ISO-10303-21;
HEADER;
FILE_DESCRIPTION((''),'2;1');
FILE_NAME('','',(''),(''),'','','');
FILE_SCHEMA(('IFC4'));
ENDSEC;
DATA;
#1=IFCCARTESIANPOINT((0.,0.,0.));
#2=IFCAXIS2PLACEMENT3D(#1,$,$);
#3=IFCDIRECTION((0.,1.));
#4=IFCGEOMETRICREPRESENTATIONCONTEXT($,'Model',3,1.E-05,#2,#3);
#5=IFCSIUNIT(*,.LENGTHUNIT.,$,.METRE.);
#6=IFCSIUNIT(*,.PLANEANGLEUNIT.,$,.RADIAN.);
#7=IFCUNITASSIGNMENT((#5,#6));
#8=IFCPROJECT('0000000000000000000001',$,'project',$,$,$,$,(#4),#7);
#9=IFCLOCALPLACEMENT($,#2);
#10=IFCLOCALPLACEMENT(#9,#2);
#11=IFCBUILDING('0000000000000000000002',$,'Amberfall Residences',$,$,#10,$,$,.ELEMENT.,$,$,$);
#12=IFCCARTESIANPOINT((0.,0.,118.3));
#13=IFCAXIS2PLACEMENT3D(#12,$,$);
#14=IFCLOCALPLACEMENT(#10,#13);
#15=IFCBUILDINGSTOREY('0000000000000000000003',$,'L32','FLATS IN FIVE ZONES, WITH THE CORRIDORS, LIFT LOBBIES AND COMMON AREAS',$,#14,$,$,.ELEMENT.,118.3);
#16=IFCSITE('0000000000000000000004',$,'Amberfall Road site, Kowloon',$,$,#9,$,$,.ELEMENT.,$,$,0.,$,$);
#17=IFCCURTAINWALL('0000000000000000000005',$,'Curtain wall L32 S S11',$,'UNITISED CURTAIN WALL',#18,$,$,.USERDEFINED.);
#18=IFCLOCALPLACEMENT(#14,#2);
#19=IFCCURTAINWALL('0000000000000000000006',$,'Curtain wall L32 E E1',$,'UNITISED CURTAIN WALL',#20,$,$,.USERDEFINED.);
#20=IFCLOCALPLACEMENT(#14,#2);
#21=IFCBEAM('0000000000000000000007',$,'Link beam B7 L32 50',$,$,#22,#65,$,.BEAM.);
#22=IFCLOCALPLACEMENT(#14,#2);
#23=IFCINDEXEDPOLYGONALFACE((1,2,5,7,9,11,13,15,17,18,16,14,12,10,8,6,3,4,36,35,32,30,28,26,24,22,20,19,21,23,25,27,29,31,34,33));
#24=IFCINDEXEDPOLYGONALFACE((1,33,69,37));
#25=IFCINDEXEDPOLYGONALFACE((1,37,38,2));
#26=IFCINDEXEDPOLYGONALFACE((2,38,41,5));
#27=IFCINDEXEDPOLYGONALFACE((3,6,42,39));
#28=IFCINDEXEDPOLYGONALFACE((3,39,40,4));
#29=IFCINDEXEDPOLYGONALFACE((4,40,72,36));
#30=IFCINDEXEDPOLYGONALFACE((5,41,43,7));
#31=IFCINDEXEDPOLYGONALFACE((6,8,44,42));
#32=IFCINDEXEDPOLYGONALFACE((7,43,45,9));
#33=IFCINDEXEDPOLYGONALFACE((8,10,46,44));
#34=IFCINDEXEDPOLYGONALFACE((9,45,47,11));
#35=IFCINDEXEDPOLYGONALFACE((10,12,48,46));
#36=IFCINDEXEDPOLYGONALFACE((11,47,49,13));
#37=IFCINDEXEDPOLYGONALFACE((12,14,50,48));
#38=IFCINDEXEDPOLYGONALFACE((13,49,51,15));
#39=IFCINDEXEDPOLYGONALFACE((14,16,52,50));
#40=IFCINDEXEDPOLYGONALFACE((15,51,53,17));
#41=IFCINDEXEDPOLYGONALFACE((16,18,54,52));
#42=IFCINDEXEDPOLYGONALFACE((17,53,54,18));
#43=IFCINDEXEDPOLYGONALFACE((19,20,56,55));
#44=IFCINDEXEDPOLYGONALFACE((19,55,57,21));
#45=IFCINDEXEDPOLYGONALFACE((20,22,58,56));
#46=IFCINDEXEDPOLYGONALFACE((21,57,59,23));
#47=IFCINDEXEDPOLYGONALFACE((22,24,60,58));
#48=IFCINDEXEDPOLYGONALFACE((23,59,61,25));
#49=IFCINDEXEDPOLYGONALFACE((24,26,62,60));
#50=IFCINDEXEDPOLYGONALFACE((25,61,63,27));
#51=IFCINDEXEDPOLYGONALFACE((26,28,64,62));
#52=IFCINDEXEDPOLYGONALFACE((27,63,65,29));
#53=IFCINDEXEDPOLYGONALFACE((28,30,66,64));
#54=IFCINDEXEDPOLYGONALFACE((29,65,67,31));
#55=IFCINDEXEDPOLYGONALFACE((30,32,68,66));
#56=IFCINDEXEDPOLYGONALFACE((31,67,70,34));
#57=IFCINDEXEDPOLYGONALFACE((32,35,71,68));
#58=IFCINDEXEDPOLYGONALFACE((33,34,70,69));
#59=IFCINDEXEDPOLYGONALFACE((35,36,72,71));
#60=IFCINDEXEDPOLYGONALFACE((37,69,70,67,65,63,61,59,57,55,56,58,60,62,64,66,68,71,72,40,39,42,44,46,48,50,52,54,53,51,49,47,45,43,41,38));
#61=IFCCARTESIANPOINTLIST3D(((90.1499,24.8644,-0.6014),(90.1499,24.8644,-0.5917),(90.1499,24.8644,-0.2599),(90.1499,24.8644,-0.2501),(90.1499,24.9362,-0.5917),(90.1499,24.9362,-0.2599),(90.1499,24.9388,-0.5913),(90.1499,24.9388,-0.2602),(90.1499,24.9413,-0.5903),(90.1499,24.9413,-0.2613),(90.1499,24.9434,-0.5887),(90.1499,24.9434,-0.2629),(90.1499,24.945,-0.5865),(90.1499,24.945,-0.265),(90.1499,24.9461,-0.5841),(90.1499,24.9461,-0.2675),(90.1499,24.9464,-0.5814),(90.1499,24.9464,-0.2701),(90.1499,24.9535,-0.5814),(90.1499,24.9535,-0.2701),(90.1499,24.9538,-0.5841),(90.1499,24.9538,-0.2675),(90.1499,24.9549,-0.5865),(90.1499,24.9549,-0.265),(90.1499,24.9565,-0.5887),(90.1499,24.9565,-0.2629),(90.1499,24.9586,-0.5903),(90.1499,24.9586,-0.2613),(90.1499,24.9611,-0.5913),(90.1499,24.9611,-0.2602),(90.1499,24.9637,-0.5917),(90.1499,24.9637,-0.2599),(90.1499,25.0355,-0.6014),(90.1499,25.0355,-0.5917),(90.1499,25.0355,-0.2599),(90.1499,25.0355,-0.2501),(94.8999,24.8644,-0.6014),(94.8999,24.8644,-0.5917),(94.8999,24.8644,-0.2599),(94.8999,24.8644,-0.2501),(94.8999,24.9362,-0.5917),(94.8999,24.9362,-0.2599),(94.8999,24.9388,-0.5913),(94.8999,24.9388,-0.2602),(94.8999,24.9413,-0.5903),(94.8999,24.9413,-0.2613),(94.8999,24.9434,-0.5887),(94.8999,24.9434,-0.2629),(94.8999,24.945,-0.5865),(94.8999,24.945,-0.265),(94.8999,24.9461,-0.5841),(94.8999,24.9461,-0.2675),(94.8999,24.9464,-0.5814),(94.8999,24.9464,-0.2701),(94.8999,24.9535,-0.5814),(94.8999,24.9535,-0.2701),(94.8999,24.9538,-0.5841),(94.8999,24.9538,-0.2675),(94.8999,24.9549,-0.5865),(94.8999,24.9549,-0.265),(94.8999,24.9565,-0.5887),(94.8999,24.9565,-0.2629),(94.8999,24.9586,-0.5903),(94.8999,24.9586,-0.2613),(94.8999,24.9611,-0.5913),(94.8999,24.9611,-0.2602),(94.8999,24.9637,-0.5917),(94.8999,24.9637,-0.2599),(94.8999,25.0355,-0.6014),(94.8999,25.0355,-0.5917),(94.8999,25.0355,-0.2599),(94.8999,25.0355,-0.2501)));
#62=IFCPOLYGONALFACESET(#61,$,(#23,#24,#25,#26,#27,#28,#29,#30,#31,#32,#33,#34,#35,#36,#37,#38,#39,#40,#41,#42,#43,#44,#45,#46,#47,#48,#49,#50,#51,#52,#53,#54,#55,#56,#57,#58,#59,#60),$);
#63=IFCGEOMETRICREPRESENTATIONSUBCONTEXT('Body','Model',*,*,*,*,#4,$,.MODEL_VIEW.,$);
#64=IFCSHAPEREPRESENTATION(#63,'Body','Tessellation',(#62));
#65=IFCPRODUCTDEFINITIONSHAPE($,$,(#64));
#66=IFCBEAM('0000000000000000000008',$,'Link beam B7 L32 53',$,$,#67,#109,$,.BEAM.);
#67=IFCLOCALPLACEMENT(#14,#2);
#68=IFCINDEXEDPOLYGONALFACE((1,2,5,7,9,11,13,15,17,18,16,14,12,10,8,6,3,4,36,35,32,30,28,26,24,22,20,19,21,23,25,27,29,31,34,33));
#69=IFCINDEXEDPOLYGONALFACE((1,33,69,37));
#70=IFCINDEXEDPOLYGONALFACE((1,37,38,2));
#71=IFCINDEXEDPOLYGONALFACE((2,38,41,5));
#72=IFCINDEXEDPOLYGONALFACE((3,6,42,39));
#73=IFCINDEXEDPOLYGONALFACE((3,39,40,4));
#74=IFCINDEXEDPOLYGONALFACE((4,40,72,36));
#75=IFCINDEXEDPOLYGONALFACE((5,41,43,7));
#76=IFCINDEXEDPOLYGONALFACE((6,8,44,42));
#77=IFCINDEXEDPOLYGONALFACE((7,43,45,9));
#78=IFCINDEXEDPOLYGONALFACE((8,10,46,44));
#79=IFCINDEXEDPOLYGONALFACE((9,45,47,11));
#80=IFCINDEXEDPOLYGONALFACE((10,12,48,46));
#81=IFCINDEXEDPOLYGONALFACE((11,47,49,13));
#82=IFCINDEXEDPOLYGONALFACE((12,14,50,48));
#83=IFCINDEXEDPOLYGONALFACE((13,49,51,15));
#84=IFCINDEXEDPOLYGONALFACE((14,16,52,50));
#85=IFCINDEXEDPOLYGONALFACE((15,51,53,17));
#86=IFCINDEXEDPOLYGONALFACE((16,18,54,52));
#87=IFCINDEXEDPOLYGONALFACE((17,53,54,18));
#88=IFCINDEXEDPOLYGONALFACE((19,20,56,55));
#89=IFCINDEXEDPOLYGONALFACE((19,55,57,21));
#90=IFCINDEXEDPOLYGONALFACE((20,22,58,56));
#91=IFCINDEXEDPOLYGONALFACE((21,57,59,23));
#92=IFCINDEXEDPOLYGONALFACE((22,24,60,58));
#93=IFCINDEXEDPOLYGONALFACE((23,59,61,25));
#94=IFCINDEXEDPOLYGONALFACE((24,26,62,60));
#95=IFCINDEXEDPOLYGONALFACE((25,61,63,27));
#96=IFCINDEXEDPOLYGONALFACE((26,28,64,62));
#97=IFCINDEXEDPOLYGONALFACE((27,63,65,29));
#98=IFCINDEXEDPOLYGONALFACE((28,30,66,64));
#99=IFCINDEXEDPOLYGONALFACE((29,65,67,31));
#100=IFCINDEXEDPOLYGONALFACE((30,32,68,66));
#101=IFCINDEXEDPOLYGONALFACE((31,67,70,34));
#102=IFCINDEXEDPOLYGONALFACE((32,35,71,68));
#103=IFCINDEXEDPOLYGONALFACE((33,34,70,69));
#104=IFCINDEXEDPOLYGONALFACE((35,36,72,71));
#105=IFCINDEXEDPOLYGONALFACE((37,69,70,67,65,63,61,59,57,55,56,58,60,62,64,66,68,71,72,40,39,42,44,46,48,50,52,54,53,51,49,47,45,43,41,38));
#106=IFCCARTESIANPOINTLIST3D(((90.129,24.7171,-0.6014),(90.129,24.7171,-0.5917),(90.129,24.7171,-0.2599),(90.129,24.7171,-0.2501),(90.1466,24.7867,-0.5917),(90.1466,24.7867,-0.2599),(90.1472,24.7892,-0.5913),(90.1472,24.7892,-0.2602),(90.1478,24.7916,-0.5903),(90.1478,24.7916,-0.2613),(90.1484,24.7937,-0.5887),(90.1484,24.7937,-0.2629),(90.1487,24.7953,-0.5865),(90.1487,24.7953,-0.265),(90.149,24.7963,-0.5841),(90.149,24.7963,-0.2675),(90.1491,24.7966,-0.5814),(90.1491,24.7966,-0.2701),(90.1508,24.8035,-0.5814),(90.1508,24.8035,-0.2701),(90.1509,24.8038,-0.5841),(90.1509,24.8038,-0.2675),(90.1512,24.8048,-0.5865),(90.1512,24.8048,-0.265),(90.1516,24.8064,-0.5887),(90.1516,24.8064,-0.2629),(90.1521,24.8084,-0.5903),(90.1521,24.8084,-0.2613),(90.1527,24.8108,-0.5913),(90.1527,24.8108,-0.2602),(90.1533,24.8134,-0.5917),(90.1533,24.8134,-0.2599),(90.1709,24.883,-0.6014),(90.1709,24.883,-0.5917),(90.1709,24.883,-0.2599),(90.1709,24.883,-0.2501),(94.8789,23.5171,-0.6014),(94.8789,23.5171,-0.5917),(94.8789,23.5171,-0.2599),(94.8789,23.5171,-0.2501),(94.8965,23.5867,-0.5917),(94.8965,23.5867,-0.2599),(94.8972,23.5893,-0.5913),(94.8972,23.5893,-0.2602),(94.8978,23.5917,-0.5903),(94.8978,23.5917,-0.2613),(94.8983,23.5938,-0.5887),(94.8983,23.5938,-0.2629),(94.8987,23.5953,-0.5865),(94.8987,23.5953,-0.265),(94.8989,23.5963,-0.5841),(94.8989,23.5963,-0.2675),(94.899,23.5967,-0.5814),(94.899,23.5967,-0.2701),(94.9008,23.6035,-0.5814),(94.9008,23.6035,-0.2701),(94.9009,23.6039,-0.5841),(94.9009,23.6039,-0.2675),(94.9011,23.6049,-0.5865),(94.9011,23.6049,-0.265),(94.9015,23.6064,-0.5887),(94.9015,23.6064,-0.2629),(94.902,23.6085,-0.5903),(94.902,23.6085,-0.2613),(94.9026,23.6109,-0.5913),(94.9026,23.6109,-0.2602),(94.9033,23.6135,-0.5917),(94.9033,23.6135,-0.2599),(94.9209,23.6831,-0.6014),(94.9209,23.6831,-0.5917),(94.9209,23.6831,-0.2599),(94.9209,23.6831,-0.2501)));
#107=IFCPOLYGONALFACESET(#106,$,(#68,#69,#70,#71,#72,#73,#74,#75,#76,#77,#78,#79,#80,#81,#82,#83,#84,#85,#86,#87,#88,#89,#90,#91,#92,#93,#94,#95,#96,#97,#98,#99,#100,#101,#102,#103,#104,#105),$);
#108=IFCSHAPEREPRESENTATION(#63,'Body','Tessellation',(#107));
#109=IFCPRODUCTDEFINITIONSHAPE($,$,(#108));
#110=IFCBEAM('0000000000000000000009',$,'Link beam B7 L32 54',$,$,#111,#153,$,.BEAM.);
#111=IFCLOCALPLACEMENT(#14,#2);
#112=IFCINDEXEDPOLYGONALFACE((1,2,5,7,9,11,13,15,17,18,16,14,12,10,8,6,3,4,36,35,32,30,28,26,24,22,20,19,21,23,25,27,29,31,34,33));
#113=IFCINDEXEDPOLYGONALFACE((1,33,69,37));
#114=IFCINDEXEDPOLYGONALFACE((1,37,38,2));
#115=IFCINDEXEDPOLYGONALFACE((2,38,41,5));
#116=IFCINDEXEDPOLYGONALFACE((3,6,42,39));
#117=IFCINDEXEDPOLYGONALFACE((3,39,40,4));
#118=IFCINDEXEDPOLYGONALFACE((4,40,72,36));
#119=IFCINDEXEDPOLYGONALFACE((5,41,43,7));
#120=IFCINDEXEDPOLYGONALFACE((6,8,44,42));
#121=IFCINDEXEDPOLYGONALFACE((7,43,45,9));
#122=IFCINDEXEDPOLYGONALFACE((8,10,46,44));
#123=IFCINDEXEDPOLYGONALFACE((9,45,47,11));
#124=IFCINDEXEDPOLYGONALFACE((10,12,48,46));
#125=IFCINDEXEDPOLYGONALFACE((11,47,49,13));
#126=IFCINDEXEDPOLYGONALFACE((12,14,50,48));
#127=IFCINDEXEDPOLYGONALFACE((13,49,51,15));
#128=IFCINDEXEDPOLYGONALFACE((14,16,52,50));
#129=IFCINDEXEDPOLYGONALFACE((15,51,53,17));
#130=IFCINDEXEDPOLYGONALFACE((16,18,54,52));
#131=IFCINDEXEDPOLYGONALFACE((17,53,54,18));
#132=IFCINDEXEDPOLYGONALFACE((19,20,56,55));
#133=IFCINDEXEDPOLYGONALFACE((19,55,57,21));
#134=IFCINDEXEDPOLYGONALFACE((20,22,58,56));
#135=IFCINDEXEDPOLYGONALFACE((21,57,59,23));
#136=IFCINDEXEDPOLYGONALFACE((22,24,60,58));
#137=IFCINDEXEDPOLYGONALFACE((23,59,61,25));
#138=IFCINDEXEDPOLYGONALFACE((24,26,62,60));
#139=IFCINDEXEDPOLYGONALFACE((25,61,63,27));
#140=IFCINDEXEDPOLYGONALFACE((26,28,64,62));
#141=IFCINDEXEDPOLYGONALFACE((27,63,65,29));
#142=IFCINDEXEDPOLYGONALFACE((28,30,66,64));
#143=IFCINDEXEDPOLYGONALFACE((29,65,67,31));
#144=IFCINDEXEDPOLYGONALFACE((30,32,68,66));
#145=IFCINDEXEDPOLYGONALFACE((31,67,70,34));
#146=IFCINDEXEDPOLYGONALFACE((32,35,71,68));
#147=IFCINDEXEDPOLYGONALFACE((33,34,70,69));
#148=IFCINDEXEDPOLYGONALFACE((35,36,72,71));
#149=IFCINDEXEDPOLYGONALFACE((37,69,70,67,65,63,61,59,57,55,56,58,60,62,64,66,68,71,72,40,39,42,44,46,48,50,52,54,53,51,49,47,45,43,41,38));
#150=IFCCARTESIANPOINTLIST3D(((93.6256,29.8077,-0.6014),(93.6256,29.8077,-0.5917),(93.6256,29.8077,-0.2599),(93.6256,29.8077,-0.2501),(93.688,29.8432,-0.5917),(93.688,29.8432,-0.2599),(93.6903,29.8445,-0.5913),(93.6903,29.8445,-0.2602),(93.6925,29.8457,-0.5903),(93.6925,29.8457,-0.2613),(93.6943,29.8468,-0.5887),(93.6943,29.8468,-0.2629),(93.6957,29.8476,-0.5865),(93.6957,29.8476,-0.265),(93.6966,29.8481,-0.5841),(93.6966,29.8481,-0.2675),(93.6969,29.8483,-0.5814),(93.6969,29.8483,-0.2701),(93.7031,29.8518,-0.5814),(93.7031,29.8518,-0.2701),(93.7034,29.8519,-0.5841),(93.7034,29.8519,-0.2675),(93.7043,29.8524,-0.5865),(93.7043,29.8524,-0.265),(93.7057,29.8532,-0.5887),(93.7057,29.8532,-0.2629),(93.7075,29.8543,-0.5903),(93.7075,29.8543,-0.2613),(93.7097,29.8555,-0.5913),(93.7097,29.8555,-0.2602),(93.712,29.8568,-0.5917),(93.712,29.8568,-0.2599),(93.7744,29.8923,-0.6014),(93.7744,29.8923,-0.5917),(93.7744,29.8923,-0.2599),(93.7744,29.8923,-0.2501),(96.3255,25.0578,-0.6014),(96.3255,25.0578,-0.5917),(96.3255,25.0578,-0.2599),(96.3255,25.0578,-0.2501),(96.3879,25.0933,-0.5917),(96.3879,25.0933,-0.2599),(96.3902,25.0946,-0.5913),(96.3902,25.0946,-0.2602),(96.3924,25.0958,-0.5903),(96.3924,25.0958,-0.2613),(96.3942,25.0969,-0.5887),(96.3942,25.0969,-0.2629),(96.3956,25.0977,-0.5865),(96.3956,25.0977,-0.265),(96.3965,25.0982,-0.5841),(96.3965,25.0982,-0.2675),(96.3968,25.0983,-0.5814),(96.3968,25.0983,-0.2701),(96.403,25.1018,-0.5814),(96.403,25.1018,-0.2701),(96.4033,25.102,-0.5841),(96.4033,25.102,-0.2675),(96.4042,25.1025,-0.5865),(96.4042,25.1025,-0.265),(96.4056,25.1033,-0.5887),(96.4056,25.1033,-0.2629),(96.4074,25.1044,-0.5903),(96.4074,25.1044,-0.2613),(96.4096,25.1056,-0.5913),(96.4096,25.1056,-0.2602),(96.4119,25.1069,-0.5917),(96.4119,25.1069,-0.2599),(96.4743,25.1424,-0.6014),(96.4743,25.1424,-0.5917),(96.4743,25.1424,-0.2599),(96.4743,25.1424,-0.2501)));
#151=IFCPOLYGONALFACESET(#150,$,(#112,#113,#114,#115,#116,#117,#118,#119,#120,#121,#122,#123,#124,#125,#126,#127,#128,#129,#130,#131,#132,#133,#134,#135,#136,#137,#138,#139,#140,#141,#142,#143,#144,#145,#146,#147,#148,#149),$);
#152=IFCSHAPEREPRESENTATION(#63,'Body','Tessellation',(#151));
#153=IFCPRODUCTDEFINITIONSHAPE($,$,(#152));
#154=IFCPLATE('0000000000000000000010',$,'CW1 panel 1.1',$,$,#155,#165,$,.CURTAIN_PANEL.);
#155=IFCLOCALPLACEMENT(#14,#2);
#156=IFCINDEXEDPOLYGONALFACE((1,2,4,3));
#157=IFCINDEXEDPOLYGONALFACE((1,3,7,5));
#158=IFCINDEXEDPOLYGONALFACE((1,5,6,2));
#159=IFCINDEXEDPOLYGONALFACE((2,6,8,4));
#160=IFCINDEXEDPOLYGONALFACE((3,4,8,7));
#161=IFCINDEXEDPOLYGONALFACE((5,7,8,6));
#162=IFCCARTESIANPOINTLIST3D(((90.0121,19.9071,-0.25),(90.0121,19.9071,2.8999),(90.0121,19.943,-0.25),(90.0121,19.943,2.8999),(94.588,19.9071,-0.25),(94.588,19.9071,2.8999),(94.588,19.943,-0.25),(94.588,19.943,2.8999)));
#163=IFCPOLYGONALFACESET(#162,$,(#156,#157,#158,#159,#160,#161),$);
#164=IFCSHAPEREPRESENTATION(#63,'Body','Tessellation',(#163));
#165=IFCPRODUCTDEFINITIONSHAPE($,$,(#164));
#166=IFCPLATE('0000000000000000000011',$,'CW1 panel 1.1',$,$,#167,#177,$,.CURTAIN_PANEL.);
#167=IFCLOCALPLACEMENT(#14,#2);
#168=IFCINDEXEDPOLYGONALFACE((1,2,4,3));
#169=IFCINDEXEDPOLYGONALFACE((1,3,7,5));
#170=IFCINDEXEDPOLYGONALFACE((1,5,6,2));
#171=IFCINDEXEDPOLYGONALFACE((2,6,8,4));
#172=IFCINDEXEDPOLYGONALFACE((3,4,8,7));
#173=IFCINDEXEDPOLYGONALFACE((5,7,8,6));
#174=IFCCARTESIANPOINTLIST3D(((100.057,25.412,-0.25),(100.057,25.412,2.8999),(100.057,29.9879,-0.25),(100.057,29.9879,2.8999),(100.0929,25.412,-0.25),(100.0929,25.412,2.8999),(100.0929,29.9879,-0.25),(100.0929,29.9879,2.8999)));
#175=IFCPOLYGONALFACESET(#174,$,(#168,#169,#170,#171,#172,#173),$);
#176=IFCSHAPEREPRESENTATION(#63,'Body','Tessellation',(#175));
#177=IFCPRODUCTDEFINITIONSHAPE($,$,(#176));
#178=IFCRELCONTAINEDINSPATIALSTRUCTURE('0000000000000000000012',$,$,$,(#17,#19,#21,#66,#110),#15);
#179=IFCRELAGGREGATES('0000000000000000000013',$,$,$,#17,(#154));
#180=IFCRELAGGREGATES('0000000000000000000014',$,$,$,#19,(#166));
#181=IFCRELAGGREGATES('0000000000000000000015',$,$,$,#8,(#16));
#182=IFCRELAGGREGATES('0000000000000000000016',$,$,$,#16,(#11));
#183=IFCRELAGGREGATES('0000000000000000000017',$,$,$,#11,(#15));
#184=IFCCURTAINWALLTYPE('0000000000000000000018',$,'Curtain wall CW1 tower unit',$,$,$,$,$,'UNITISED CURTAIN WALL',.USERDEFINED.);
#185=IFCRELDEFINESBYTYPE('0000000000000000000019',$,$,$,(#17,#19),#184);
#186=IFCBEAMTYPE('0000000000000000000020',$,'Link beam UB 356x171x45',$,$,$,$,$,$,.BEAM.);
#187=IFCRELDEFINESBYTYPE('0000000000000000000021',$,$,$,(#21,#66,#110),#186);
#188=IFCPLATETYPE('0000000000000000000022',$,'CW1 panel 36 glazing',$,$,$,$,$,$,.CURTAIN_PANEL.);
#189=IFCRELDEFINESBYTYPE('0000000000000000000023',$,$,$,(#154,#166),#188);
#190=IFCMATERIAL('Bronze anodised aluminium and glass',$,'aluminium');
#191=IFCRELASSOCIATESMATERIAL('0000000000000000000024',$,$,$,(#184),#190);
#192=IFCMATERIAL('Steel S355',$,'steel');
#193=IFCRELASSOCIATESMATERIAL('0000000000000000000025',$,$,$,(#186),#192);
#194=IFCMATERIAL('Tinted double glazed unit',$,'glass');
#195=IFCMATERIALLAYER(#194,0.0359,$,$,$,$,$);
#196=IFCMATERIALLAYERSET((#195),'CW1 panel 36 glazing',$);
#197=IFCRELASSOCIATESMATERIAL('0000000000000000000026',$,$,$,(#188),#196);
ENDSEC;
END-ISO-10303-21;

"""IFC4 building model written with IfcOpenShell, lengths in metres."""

from ifc_helpers import new_model, si_unit, direction, frame, origin, origin_2d, place, context, subcontext, project, spatial, rectangle, i_section, extrude, material, layer, layer_set, material_profile, profile_set, type_object, element, aggregate, save


model = new_model("IFC4")

# Units and contexts
model_context = context("Model", 3, precision=1e-05, world=origin(), true_north=direction((0.0, 1.0)))
body_context = subcontext(model_context, "Body", "Model", "MODEL_VIEW")
ifc_project = project(units=[si_unit("LENGTHUNIT", "METRE"), si_unit("PLANEANGLEUNIT", "RADIAN")], contexts=[model_context])

# Site, building, storey
site_placement = place(None, origin())
site = spatial("IfcSite", under=ifc_project, at=site_placement, Name="Amberfall Road site, Kowloon", CompositionType="ELEMENT", RefElevation=0.0)
building_placement = place(site_placement, origin())
building = spatial("IfcBuilding", under=site, at=building_placement, Name="Amberfall Residences", CompositionType="ELEMENT")
storey_placement = place(building_placement, frame((0.0, 0.0, 118.3)))
storey = spatial("IfcBuildingStorey", under=building, at=storey_placement, Name="L32", Description="FLATS IN FIVE ZONES, WITH THE CORRIDORS, LIFT LOBBIES AND COMMON AREAS", CompositionType="ELEMENT", Elevation=118.3)

# Curtain walls
ifc_material_1 = material(Name="Bronze anodised aluminium and glass", Category="aluminium")
curtain_wall_type = type_object("IfcCurtainWallType", Name="Curtain wall CW1 tower unit", ElementType="UNITISED CURTAIN WALL", PredefinedType="USERDEFINED", material=ifc_material_1)
curtain_wall_1_placement = place(storey_placement, origin())
curtain_wall_1 = element("IfcCurtainWall", 1, at=curtain_wall_1_placement, inside=storey, type_object=curtain_wall_type, Name="Curtain wall L32 S S11", ObjectType="UNITISED CURTAIN WALL", PredefinedType="USERDEFINED")
curtain_wall_2_placement = place(storey_placement, origin())
curtain_wall_2 = element("IfcCurtainWall", 2, at=curtain_wall_2_placement, inside=storey, type_object=curtain_wall_type, Name="Curtain wall L32 E E1", ObjectType="UNITISED CURTAIN WALL", PredefinedType="USERDEFINED")

# Beams
ifc_material_2 = material(Name="Steel S355", Category="steel")
ifc_material_profile_1 = material_profile(ifc_material_2, i_section(OverallWidth=0.1711, OverallDepth=0.3513, WebThickness=0.0071, FlangeThickness=0.0098, FilletRadius=0.0103, at=origin_2d()), Name="UB 356x171x45")
ifc_profile_set_1 = profile_set([ifc_material_profile_1], Name="Steel S355")
beam_type_1 = type_object("IfcBeamType", Name="Link beam UB 356x171x45", PredefinedType="BEAM", material=ifc_profile_set_1)
beam_1_placement = place(storey_placement, frame((90.1499, 24.95, -0.4258), z_axis=(1.0, 0.0, 0.0), x_axis=(0.0, 1.0, 0.0)))
element("IfcBeam", 3, at=beam_1_placement, inside=storey, type_object=beam_type_1, Name="Link beam B7 L32 50", PredefinedType="BEAM", context=body_context, shape_type="SweptSolid", body=[
    extrude(i_section(OverallWidth=0.1711, OverallDepth=0.3513, WebThickness=0.0071, FlangeThickness=0.0098, FilletRadius=0.0103, at=origin_2d()), origin(), (0.0, 0.0, 1.0), 4.75),
])
beam_2_placement = place(storey_placement, frame((94.8999, 23.6001, -0.4258), z_axis=(-0.969542, 0.244927, 0.0), x_axis=(-0.244927, -0.969542, 0.0)))
element("IfcBeam", 4, at=beam_2_placement, inside=storey, type_object=beam_type_1, Name="Link beam B7 L32 53", PredefinedType="BEAM", context=body_context, shape_type="SweptSolid", body=[
    extrude(i_section(OverallWidth=0.1711, OverallDepth=0.3513, WebThickness=0.0071, FlangeThickness=0.0098, FilletRadius=0.0103, at=origin_2d()), origin(), (0.0, 0.0, 1.0), 4.8992),
])
beam_3_placement = place(storey_placement, frame((96.3999, 25.1001, -0.4258), z_axis=(-0.49416, 0.869371, 0.0), x_axis=(-0.869371, -0.49416, 0.0)))
element("IfcBeam", 5, at=beam_3_placement, inside=storey, type_object=beam_type_1, Name="Link beam B7 L32 54", PredefinedType="BEAM", context=body_context, shape_type="SweptSolid", body=[
    extrude(i_section(OverallWidth=0.1711, OverallDepth=0.3513, WebThickness=0.0071, FlangeThickness=0.0098, FilletRadius=0.0103, at=origin_2d()), origin(), (0.0, 0.0, 1.0), 5.4636),
])

# Plates
ifc_material_3 = material(Name="Tinted double glazed unit", Category="glass")
ifc_layer_1 = layer(ifc_material_3, 0.0359)
ifc_layer_set_1 = layer_set([ifc_layer_1], Name="CW1 panel 36 glazing")
plate_type = type_object("IfcPlateType", Name="CW1 panel 36 glazing", PredefinedType="CURTAIN_PANEL", material=ifc_layer_set_1)
plate_1_placement = place(storey_placement, frame((92.3, 19.925, -0.25), z_axis=(0.0, 0.0, 1.0), x_axis=(1.0, 0.0, 0.0)))
plate_1 = element("IfcPlate", 6, at=plate_1_placement, type_object=plate_type, Name="CW1 panel 1.1", PredefinedType="CURTAIN_PANEL", context=body_context, shape_type="SweptSolid", body=[
    extrude(rectangle(XDim=4.5759, YDim=0.0359, at=origin_2d()), origin(), (0.0, 0.0, 1.0), 3.1499),
])
aggregate(curtain_wall_1, [plate_1])
plate_2_placement = place(storey_placement, frame((100.075, 27.7, -0.25), z_axis=(0.0, 0.0, 1.0), x_axis=(0.0, 1.0, 0.0)))
plate_2 = element("IfcPlate", 7, at=plate_2_placement, type_object=plate_type, Name="CW1 panel 1.1", PredefinedType="CURTAIN_PANEL", context=body_context, shape_type="SweptSolid", body=[
    extrude(rectangle(XDim=4.5759, YDim=0.0359, at=origin_2d()), origin(), (0.0, 0.0, 1.0), 3.1499),
])
aggregate(curtain_wall_2, [plate_2])

save(model, "model.ifc")
